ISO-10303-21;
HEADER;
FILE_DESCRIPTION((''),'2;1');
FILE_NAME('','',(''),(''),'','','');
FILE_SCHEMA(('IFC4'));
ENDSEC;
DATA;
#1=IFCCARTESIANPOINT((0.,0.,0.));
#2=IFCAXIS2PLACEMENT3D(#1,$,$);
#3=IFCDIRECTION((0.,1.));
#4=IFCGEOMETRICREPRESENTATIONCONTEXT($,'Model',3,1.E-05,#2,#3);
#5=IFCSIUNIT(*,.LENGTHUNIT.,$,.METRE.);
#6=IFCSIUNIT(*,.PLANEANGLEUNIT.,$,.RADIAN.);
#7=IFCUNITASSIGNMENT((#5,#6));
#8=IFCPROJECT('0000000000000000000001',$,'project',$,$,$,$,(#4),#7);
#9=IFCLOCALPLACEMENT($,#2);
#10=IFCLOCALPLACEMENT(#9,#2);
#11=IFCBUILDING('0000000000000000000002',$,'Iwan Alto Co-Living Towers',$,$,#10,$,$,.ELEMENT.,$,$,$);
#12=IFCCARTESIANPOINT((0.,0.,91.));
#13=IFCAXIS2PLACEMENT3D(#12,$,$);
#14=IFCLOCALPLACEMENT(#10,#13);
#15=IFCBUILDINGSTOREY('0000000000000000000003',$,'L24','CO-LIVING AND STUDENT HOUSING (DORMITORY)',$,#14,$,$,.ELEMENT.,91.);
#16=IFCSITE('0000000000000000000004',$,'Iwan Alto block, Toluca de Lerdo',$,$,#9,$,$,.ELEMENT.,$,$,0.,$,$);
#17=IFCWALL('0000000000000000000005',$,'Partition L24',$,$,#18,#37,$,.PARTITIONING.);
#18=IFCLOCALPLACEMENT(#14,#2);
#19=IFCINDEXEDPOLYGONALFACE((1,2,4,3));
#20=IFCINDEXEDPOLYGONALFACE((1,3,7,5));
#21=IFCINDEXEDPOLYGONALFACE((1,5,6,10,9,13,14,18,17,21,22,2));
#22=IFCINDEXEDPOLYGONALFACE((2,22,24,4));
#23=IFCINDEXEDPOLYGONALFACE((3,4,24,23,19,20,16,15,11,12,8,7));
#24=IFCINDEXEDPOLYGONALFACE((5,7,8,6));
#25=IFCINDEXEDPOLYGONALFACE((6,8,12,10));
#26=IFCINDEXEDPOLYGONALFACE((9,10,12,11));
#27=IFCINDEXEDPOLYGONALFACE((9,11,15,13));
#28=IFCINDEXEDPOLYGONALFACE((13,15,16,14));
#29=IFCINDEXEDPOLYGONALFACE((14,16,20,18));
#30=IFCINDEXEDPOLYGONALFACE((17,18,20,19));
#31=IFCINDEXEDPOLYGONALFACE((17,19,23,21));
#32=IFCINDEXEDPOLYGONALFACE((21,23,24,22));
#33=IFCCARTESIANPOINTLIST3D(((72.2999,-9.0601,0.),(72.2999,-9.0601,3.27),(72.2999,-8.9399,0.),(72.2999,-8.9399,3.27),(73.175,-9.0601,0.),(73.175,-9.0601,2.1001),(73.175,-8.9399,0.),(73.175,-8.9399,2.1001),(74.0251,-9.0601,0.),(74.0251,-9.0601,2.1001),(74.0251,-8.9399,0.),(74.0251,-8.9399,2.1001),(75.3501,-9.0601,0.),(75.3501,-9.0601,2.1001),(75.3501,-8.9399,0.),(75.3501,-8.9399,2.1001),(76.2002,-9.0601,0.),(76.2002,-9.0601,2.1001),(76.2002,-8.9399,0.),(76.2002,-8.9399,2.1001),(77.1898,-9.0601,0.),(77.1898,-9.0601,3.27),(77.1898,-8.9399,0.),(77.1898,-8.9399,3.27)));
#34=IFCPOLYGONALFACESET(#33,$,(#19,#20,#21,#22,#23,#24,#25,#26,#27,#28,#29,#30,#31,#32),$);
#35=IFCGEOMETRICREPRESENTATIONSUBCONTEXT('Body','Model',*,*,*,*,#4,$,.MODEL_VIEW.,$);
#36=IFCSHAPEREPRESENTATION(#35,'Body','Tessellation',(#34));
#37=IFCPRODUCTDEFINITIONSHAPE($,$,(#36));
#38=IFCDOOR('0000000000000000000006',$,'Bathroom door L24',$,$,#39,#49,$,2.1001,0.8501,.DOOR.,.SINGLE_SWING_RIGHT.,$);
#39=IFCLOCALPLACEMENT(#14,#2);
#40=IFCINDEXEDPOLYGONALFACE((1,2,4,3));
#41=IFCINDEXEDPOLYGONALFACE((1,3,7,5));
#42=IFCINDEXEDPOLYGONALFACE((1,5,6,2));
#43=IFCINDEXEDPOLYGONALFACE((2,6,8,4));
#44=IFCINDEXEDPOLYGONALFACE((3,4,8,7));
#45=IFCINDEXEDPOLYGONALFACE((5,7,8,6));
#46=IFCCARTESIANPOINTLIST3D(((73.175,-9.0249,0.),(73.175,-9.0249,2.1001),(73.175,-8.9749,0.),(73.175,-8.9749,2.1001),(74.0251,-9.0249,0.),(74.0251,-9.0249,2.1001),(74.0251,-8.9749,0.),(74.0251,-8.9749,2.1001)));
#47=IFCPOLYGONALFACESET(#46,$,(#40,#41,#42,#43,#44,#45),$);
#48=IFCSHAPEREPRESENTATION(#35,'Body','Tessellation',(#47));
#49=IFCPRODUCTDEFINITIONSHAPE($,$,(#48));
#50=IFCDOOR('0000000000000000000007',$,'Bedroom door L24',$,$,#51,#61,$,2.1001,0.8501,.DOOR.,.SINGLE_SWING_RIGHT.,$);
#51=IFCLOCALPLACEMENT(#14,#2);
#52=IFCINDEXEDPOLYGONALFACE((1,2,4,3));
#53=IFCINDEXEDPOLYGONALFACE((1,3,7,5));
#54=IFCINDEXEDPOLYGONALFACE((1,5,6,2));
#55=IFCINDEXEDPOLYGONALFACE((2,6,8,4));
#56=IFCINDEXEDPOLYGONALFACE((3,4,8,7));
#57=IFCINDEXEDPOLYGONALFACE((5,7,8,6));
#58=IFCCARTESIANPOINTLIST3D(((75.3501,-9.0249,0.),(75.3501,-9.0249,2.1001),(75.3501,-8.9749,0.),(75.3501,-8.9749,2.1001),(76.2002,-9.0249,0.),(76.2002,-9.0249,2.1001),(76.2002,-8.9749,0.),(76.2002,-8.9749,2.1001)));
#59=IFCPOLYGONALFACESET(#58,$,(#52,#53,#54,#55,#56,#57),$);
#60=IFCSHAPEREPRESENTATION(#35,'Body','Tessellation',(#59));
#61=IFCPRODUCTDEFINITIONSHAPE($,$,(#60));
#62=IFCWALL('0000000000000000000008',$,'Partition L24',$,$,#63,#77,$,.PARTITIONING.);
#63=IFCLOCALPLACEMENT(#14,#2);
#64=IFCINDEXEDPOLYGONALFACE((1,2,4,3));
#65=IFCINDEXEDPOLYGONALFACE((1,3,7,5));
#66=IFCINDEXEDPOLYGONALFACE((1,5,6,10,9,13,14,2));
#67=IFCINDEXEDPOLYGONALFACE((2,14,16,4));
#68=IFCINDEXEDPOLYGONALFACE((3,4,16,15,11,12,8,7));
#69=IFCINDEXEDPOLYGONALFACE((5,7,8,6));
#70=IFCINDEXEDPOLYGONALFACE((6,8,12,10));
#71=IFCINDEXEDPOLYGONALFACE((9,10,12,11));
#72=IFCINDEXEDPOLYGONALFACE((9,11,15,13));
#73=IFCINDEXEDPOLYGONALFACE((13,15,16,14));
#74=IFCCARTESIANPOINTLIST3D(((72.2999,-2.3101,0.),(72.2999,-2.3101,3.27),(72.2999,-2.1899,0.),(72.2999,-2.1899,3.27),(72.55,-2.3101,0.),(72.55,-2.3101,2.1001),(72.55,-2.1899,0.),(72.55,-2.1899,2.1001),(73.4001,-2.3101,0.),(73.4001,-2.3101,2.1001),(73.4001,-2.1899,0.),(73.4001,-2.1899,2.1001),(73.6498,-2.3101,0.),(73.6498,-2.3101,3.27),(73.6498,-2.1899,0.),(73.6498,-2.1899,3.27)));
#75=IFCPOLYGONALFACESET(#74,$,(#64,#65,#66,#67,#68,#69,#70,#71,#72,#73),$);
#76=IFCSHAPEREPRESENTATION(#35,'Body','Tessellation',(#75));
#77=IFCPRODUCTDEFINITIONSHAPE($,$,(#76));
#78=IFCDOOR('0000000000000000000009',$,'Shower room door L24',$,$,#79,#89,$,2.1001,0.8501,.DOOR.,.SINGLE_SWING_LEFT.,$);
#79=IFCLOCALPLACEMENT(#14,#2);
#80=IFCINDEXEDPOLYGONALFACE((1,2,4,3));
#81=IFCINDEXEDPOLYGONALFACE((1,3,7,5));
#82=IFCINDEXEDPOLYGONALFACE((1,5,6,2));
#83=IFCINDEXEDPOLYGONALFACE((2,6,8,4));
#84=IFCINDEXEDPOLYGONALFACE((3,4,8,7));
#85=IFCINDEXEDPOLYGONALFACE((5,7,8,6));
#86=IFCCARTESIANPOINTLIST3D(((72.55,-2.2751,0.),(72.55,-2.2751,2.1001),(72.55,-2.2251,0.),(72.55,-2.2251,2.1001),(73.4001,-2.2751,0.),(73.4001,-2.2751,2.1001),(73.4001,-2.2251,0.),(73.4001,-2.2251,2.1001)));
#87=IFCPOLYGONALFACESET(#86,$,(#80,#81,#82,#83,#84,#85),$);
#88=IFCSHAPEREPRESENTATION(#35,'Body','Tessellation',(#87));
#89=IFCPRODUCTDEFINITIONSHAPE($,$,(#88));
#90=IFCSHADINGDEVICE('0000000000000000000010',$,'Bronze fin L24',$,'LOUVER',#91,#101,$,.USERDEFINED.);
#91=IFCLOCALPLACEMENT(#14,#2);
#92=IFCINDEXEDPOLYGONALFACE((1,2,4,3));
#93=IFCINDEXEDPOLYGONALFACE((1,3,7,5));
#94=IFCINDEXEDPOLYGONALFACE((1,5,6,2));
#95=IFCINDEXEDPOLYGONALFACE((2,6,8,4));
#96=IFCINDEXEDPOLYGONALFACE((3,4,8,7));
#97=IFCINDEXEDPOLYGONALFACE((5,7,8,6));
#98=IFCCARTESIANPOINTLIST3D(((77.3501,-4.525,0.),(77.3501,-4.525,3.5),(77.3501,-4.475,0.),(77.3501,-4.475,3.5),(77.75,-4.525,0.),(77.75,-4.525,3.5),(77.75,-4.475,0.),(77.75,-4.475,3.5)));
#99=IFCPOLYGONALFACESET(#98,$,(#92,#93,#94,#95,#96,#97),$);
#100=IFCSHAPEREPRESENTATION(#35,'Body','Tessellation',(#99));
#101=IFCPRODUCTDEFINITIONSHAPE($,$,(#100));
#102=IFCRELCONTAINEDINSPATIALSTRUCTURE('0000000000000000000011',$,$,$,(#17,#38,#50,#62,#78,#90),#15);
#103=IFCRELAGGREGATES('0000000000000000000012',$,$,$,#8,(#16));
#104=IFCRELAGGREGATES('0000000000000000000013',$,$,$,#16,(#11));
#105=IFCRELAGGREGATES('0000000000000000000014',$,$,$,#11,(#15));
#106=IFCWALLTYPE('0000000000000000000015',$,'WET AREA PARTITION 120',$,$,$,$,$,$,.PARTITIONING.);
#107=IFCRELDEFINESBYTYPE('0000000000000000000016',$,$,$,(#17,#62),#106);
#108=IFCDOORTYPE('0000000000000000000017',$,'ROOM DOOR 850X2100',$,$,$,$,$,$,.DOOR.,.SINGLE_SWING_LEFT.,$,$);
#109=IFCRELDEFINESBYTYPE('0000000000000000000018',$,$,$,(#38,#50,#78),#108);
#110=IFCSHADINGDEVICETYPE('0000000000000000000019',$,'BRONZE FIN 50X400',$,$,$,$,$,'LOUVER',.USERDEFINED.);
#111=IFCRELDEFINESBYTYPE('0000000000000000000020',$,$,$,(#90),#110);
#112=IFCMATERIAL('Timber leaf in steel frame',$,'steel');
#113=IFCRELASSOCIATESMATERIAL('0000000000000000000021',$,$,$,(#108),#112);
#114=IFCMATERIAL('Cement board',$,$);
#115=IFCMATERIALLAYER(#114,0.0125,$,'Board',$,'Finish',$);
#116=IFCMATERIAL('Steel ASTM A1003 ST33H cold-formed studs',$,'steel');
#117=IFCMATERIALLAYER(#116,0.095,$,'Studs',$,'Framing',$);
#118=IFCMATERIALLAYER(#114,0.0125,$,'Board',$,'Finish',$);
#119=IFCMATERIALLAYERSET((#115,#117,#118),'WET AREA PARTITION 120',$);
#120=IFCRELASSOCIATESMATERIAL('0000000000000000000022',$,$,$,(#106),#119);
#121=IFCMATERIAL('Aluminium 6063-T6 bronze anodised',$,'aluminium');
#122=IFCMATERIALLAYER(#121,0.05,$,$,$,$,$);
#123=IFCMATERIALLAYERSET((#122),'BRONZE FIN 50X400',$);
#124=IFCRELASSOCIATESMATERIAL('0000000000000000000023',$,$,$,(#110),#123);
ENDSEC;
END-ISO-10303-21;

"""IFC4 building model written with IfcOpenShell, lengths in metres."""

from ifc_helpers import new_model, si_unit, direction, frame, frame_2d, origin, origin_2d, place, context, subcontext, project, spatial, rectangle, extrude, material, layer, layer_set, type_object, element, fill, save


model = new_model("IFC4")

# Units and contexts
model_context = context("Model", 3, precision=1e-05, world=origin(), true_north=direction((0.0, 1.0)))
body_context = subcontext(model_context, "Body", "Model", "MODEL_VIEW")
ifc_project = project(units=[si_unit("LENGTHUNIT", "METRE"), si_unit("PLANEANGLEUNIT", "RADIAN")], contexts=[model_context])

# Site, building, storey
site_placement = place(None, origin())
site = spatial("IfcSite", under=ifc_project, at=site_placement, Name="Iwan Alto block, Toluca de Lerdo", CompositionType="ELEMENT", RefElevation=0.0)
building_placement = place(site_placement, origin())
building = spatial("IfcBuilding", under=site, at=building_placement, Name="Iwan Alto Co-Living Towers", CompositionType="ELEMENT")
storey_placement = place(building_placement, frame((0.0, 0.0, 91.0)))
storey = spatial("IfcBuildingStorey", under=building, at=storey_placement, Name="L24", Description="CO-LIVING AND STUDENT HOUSING (DORMITORY)", CompositionType="ELEMENT", Elevation=91.0)

# Shared definitions
ifc_material_1 = material(Name="Steel ASTM A1003 ST33H cold-formed studs", Category="steel")

# Shared definitions
ifc_material_2 = material(Name="Timber leaf in steel frame", Category="steel")
door_type = type_object("IfcDoorType", Name="ROOM DOOR 850X2100", OperationType="SINGLE_SWING_LEFT", PredefinedType="DOOR", material=ifc_material_2)

# Wall, openings, doors
ifc_material_3 = material(Name="Cement board")
ifc_layer_1 = layer(ifc_material_3, 0.0125, Name="Board", Category="Finish")
ifc_layer_2 = layer(ifc_material_1, 0.095, Name="Studs", Category="Framing")
ifc_layer_3 = layer(ifc_material_3, 0.0125, Name="Board", Category="Finish")
ifc_layer_set_1 = layer_set([ifc_layer_1, ifc_layer_2, ifc_layer_3], Name="WET AREA PARTITION 120")
wall_type_1 = type_object("IfcWallType", Name="WET AREA PARTITION 120", PredefinedType="PARTITIONING", material=ifc_layer_set_1)
wall_1_placement = place(storey_placement, frame((72.3, -9.0, 0.0), z_axis=(0.0, 0.0, 1.0), x_axis=(1.0, 0.0, 0.0)))
wall_1 = element("IfcWall", 1, at=wall_1_placement, inside=storey, type_object=wall_type_1, Name="Partition L24", PredefinedType="PARTITIONING", context=body_context, shape_type="SweptSolid", body=[
    extrude(rectangle(XDim=4.8899, YDim=0.1201, at=frame_2d((2.4448, 0.0))), origin(), (0.0, 0.0, 1.0), 3.27),
])
opening_1_placement = place(wall_1_placement, frame((0.875, 0.0, 0.0)))
opening_1 = element("IfcOpeningElement", 2, at=opening_1_placement, cuts=wall_1, PredefinedType="OPENING", context=body_context, shape_type="SweptSolid", body=[
    extrude(rectangle(XDim=0.8501, YDim=2.1001, at=frame_2d((0.425, 1.05))), frame((0.0, 0.0701, 0.0), z_axis=(0.0, -1.0, 0.0), x_axis=(1.0, 0.0, 0.0)), (0.0, 0.0, 1.0), 0.1401),
])
opening_2_placement = place(wall_1_placement, frame((3.05, 0.0, 0.0)))
opening_2 = element("IfcOpeningElement", 3, at=opening_2_placement, cuts=wall_1, PredefinedType="OPENING", context=body_context, shape_type="SweptSolid", body=[
    extrude(rectangle(XDim=0.8501, YDim=2.1001, at=frame_2d((0.425, 1.05))), frame((0.0, 0.0701, 0.0), z_axis=(0.0, -1.0, 0.0), x_axis=(1.0, 0.0, 0.0)), (0.0, 0.0, 1.0), 0.1401),
])
door_1_placement = place(opening_1_placement, frame((0.8501, 0.0, 0.0), z_axis=(0.0, 0.0, 1.0), x_axis=(-1.0, 0.0, 0.0)))
door_1 = element("IfcDoor", 4, at=door_1_placement, inside=storey, type_object=door_type, Name="Bathroom door L24", OperationType="SINGLE_SWING_RIGHT", OverallHeight=2.1001, OverallWidth=0.8501, PredefinedType="DOOR", context=body_context, shape_type="SweptSolid", body=[
    extrude(rectangle(XDim=0.8501, YDim=2.1001, at=frame_2d((0.425, 1.05))), frame((0.0, 0.0249, 0.0), z_axis=(0.0, -1.0, 0.0), x_axis=(1.0, 0.0, 0.0)), (0.0, 0.0, 1.0), 0.05),
])
fill(opening_1, door_1)
door_2_placement = place(opening_2_placement, frame((0.8501, 0.0, 0.0), z_axis=(0.0, 0.0, 1.0), x_axis=(-1.0, 0.0, 0.0)))
door_2 = element("IfcDoor", 5, at=door_2_placement, inside=storey, type_object=door_type, Name="Bedroom door L24", OperationType="SINGLE_SWING_RIGHT", OverallHeight=2.1001, OverallWidth=0.8501, PredefinedType="DOOR", context=body_context, shape_type="SweptSolid", body=[
    extrude(rectangle(XDim=0.8501, YDim=2.1001, at=frame_2d((0.425, 1.05))), frame((0.0, 0.0249, 0.0), z_axis=(0.0, -1.0, 0.0), x_axis=(1.0, 0.0, 0.0)), (0.0, 0.0, 1.0), 0.05),
])
fill(opening_2, door_2)

# Wall, opening, door
wall_2_placement = place(storey_placement, frame((72.3, -2.25, 0.0), z_axis=(0.0, 0.0, 1.0), x_axis=(1.0, 0.0, 0.0)))
wall_2 = element("IfcWall", 6, at=wall_2_placement, inside=storey, type_object=wall_type_1, Name="Partition L24", PredefinedType="PARTITIONING", context=body_context, shape_type="SweptSolid", body=[
    extrude(rectangle(XDim=1.3499, YDim=0.1201, at=frame_2d((0.6748, 0.0))), origin(), (0.0, 0.0, 1.0), 3.27),
])
opening_3_placement = place(wall_2_placement, frame((0.25, 0.0, 0.0)))
opening_3 = element("IfcOpeningElement", 7, at=opening_3_placement, cuts=wall_2, PredefinedType="OPENING", context=body_context, shape_type="SweptSolid", body=[
    extrude(rectangle(XDim=0.8501, YDim=2.1001, at=frame_2d((0.425, 1.05))), frame((0.0, 0.0701, 0.0), z_axis=(0.0, -1.0, 0.0), x_axis=(1.0, 0.0, 0.0)), (0.0, 0.0, 1.0), 0.1401),
])
door_3_placement = place(opening_3_placement, origin())
door_3 = element("IfcDoor", 8, at=door_3_placement, inside=storey, type_object=door_type, Name="Shower room door L24", OperationType="SINGLE_SWING_LEFT", OverallHeight=2.1001, OverallWidth=0.8501, PredefinedType="DOOR", context=body_context, shape_type="SweptSolid", body=[
    extrude(rectangle(XDim=0.8501, YDim=2.1001, at=frame_2d((0.425, 1.05))), frame((0.0, 0.0249, 0.0), z_axis=(0.0, -1.0, 0.0), x_axis=(1.0, 0.0, 0.0)), (0.0, 0.0, 1.0), 0.05),
])
fill(opening_3, door_3)

# Shading device
ifc_material_4 = material(Name="Aluminium 6063-T6 bronze anodised", Category="aluminium")
ifc_layer_4 = layer(ifc_material_4, 0.05)
ifc_layer_set_2 = layer_set([ifc_layer_4], Name="BRONZE FIN 50X400")
shading_device_type = type_object("IfcShadingDeviceType", Name="BRONZE FIN 50X400", ElementType="LOUVER", PredefinedType="USERDEFINED", material=ifc_layer_set_2)
shading_device_placement = place(storey_placement, frame((77.55, -4.5, 0.0), z_axis=(0.0, 0.0, 1.0), x_axis=(0.0, 1.0, 0.0)))
element("IfcShadingDevice", 9, at=shading_device_placement, inside=storey, type_object=shading_device_type, Name="Bronze fin L24", ObjectType="LOUVER", PredefinedType="USERDEFINED", context=body_context, shape_type="SweptSolid", body=[
    extrude(rectangle(XDim=0.05, YDim=0.3999, at=origin_2d()), origin(), (0.0, 0.0, 1.0), 3.5),
])

save(model, "model.ifc")
